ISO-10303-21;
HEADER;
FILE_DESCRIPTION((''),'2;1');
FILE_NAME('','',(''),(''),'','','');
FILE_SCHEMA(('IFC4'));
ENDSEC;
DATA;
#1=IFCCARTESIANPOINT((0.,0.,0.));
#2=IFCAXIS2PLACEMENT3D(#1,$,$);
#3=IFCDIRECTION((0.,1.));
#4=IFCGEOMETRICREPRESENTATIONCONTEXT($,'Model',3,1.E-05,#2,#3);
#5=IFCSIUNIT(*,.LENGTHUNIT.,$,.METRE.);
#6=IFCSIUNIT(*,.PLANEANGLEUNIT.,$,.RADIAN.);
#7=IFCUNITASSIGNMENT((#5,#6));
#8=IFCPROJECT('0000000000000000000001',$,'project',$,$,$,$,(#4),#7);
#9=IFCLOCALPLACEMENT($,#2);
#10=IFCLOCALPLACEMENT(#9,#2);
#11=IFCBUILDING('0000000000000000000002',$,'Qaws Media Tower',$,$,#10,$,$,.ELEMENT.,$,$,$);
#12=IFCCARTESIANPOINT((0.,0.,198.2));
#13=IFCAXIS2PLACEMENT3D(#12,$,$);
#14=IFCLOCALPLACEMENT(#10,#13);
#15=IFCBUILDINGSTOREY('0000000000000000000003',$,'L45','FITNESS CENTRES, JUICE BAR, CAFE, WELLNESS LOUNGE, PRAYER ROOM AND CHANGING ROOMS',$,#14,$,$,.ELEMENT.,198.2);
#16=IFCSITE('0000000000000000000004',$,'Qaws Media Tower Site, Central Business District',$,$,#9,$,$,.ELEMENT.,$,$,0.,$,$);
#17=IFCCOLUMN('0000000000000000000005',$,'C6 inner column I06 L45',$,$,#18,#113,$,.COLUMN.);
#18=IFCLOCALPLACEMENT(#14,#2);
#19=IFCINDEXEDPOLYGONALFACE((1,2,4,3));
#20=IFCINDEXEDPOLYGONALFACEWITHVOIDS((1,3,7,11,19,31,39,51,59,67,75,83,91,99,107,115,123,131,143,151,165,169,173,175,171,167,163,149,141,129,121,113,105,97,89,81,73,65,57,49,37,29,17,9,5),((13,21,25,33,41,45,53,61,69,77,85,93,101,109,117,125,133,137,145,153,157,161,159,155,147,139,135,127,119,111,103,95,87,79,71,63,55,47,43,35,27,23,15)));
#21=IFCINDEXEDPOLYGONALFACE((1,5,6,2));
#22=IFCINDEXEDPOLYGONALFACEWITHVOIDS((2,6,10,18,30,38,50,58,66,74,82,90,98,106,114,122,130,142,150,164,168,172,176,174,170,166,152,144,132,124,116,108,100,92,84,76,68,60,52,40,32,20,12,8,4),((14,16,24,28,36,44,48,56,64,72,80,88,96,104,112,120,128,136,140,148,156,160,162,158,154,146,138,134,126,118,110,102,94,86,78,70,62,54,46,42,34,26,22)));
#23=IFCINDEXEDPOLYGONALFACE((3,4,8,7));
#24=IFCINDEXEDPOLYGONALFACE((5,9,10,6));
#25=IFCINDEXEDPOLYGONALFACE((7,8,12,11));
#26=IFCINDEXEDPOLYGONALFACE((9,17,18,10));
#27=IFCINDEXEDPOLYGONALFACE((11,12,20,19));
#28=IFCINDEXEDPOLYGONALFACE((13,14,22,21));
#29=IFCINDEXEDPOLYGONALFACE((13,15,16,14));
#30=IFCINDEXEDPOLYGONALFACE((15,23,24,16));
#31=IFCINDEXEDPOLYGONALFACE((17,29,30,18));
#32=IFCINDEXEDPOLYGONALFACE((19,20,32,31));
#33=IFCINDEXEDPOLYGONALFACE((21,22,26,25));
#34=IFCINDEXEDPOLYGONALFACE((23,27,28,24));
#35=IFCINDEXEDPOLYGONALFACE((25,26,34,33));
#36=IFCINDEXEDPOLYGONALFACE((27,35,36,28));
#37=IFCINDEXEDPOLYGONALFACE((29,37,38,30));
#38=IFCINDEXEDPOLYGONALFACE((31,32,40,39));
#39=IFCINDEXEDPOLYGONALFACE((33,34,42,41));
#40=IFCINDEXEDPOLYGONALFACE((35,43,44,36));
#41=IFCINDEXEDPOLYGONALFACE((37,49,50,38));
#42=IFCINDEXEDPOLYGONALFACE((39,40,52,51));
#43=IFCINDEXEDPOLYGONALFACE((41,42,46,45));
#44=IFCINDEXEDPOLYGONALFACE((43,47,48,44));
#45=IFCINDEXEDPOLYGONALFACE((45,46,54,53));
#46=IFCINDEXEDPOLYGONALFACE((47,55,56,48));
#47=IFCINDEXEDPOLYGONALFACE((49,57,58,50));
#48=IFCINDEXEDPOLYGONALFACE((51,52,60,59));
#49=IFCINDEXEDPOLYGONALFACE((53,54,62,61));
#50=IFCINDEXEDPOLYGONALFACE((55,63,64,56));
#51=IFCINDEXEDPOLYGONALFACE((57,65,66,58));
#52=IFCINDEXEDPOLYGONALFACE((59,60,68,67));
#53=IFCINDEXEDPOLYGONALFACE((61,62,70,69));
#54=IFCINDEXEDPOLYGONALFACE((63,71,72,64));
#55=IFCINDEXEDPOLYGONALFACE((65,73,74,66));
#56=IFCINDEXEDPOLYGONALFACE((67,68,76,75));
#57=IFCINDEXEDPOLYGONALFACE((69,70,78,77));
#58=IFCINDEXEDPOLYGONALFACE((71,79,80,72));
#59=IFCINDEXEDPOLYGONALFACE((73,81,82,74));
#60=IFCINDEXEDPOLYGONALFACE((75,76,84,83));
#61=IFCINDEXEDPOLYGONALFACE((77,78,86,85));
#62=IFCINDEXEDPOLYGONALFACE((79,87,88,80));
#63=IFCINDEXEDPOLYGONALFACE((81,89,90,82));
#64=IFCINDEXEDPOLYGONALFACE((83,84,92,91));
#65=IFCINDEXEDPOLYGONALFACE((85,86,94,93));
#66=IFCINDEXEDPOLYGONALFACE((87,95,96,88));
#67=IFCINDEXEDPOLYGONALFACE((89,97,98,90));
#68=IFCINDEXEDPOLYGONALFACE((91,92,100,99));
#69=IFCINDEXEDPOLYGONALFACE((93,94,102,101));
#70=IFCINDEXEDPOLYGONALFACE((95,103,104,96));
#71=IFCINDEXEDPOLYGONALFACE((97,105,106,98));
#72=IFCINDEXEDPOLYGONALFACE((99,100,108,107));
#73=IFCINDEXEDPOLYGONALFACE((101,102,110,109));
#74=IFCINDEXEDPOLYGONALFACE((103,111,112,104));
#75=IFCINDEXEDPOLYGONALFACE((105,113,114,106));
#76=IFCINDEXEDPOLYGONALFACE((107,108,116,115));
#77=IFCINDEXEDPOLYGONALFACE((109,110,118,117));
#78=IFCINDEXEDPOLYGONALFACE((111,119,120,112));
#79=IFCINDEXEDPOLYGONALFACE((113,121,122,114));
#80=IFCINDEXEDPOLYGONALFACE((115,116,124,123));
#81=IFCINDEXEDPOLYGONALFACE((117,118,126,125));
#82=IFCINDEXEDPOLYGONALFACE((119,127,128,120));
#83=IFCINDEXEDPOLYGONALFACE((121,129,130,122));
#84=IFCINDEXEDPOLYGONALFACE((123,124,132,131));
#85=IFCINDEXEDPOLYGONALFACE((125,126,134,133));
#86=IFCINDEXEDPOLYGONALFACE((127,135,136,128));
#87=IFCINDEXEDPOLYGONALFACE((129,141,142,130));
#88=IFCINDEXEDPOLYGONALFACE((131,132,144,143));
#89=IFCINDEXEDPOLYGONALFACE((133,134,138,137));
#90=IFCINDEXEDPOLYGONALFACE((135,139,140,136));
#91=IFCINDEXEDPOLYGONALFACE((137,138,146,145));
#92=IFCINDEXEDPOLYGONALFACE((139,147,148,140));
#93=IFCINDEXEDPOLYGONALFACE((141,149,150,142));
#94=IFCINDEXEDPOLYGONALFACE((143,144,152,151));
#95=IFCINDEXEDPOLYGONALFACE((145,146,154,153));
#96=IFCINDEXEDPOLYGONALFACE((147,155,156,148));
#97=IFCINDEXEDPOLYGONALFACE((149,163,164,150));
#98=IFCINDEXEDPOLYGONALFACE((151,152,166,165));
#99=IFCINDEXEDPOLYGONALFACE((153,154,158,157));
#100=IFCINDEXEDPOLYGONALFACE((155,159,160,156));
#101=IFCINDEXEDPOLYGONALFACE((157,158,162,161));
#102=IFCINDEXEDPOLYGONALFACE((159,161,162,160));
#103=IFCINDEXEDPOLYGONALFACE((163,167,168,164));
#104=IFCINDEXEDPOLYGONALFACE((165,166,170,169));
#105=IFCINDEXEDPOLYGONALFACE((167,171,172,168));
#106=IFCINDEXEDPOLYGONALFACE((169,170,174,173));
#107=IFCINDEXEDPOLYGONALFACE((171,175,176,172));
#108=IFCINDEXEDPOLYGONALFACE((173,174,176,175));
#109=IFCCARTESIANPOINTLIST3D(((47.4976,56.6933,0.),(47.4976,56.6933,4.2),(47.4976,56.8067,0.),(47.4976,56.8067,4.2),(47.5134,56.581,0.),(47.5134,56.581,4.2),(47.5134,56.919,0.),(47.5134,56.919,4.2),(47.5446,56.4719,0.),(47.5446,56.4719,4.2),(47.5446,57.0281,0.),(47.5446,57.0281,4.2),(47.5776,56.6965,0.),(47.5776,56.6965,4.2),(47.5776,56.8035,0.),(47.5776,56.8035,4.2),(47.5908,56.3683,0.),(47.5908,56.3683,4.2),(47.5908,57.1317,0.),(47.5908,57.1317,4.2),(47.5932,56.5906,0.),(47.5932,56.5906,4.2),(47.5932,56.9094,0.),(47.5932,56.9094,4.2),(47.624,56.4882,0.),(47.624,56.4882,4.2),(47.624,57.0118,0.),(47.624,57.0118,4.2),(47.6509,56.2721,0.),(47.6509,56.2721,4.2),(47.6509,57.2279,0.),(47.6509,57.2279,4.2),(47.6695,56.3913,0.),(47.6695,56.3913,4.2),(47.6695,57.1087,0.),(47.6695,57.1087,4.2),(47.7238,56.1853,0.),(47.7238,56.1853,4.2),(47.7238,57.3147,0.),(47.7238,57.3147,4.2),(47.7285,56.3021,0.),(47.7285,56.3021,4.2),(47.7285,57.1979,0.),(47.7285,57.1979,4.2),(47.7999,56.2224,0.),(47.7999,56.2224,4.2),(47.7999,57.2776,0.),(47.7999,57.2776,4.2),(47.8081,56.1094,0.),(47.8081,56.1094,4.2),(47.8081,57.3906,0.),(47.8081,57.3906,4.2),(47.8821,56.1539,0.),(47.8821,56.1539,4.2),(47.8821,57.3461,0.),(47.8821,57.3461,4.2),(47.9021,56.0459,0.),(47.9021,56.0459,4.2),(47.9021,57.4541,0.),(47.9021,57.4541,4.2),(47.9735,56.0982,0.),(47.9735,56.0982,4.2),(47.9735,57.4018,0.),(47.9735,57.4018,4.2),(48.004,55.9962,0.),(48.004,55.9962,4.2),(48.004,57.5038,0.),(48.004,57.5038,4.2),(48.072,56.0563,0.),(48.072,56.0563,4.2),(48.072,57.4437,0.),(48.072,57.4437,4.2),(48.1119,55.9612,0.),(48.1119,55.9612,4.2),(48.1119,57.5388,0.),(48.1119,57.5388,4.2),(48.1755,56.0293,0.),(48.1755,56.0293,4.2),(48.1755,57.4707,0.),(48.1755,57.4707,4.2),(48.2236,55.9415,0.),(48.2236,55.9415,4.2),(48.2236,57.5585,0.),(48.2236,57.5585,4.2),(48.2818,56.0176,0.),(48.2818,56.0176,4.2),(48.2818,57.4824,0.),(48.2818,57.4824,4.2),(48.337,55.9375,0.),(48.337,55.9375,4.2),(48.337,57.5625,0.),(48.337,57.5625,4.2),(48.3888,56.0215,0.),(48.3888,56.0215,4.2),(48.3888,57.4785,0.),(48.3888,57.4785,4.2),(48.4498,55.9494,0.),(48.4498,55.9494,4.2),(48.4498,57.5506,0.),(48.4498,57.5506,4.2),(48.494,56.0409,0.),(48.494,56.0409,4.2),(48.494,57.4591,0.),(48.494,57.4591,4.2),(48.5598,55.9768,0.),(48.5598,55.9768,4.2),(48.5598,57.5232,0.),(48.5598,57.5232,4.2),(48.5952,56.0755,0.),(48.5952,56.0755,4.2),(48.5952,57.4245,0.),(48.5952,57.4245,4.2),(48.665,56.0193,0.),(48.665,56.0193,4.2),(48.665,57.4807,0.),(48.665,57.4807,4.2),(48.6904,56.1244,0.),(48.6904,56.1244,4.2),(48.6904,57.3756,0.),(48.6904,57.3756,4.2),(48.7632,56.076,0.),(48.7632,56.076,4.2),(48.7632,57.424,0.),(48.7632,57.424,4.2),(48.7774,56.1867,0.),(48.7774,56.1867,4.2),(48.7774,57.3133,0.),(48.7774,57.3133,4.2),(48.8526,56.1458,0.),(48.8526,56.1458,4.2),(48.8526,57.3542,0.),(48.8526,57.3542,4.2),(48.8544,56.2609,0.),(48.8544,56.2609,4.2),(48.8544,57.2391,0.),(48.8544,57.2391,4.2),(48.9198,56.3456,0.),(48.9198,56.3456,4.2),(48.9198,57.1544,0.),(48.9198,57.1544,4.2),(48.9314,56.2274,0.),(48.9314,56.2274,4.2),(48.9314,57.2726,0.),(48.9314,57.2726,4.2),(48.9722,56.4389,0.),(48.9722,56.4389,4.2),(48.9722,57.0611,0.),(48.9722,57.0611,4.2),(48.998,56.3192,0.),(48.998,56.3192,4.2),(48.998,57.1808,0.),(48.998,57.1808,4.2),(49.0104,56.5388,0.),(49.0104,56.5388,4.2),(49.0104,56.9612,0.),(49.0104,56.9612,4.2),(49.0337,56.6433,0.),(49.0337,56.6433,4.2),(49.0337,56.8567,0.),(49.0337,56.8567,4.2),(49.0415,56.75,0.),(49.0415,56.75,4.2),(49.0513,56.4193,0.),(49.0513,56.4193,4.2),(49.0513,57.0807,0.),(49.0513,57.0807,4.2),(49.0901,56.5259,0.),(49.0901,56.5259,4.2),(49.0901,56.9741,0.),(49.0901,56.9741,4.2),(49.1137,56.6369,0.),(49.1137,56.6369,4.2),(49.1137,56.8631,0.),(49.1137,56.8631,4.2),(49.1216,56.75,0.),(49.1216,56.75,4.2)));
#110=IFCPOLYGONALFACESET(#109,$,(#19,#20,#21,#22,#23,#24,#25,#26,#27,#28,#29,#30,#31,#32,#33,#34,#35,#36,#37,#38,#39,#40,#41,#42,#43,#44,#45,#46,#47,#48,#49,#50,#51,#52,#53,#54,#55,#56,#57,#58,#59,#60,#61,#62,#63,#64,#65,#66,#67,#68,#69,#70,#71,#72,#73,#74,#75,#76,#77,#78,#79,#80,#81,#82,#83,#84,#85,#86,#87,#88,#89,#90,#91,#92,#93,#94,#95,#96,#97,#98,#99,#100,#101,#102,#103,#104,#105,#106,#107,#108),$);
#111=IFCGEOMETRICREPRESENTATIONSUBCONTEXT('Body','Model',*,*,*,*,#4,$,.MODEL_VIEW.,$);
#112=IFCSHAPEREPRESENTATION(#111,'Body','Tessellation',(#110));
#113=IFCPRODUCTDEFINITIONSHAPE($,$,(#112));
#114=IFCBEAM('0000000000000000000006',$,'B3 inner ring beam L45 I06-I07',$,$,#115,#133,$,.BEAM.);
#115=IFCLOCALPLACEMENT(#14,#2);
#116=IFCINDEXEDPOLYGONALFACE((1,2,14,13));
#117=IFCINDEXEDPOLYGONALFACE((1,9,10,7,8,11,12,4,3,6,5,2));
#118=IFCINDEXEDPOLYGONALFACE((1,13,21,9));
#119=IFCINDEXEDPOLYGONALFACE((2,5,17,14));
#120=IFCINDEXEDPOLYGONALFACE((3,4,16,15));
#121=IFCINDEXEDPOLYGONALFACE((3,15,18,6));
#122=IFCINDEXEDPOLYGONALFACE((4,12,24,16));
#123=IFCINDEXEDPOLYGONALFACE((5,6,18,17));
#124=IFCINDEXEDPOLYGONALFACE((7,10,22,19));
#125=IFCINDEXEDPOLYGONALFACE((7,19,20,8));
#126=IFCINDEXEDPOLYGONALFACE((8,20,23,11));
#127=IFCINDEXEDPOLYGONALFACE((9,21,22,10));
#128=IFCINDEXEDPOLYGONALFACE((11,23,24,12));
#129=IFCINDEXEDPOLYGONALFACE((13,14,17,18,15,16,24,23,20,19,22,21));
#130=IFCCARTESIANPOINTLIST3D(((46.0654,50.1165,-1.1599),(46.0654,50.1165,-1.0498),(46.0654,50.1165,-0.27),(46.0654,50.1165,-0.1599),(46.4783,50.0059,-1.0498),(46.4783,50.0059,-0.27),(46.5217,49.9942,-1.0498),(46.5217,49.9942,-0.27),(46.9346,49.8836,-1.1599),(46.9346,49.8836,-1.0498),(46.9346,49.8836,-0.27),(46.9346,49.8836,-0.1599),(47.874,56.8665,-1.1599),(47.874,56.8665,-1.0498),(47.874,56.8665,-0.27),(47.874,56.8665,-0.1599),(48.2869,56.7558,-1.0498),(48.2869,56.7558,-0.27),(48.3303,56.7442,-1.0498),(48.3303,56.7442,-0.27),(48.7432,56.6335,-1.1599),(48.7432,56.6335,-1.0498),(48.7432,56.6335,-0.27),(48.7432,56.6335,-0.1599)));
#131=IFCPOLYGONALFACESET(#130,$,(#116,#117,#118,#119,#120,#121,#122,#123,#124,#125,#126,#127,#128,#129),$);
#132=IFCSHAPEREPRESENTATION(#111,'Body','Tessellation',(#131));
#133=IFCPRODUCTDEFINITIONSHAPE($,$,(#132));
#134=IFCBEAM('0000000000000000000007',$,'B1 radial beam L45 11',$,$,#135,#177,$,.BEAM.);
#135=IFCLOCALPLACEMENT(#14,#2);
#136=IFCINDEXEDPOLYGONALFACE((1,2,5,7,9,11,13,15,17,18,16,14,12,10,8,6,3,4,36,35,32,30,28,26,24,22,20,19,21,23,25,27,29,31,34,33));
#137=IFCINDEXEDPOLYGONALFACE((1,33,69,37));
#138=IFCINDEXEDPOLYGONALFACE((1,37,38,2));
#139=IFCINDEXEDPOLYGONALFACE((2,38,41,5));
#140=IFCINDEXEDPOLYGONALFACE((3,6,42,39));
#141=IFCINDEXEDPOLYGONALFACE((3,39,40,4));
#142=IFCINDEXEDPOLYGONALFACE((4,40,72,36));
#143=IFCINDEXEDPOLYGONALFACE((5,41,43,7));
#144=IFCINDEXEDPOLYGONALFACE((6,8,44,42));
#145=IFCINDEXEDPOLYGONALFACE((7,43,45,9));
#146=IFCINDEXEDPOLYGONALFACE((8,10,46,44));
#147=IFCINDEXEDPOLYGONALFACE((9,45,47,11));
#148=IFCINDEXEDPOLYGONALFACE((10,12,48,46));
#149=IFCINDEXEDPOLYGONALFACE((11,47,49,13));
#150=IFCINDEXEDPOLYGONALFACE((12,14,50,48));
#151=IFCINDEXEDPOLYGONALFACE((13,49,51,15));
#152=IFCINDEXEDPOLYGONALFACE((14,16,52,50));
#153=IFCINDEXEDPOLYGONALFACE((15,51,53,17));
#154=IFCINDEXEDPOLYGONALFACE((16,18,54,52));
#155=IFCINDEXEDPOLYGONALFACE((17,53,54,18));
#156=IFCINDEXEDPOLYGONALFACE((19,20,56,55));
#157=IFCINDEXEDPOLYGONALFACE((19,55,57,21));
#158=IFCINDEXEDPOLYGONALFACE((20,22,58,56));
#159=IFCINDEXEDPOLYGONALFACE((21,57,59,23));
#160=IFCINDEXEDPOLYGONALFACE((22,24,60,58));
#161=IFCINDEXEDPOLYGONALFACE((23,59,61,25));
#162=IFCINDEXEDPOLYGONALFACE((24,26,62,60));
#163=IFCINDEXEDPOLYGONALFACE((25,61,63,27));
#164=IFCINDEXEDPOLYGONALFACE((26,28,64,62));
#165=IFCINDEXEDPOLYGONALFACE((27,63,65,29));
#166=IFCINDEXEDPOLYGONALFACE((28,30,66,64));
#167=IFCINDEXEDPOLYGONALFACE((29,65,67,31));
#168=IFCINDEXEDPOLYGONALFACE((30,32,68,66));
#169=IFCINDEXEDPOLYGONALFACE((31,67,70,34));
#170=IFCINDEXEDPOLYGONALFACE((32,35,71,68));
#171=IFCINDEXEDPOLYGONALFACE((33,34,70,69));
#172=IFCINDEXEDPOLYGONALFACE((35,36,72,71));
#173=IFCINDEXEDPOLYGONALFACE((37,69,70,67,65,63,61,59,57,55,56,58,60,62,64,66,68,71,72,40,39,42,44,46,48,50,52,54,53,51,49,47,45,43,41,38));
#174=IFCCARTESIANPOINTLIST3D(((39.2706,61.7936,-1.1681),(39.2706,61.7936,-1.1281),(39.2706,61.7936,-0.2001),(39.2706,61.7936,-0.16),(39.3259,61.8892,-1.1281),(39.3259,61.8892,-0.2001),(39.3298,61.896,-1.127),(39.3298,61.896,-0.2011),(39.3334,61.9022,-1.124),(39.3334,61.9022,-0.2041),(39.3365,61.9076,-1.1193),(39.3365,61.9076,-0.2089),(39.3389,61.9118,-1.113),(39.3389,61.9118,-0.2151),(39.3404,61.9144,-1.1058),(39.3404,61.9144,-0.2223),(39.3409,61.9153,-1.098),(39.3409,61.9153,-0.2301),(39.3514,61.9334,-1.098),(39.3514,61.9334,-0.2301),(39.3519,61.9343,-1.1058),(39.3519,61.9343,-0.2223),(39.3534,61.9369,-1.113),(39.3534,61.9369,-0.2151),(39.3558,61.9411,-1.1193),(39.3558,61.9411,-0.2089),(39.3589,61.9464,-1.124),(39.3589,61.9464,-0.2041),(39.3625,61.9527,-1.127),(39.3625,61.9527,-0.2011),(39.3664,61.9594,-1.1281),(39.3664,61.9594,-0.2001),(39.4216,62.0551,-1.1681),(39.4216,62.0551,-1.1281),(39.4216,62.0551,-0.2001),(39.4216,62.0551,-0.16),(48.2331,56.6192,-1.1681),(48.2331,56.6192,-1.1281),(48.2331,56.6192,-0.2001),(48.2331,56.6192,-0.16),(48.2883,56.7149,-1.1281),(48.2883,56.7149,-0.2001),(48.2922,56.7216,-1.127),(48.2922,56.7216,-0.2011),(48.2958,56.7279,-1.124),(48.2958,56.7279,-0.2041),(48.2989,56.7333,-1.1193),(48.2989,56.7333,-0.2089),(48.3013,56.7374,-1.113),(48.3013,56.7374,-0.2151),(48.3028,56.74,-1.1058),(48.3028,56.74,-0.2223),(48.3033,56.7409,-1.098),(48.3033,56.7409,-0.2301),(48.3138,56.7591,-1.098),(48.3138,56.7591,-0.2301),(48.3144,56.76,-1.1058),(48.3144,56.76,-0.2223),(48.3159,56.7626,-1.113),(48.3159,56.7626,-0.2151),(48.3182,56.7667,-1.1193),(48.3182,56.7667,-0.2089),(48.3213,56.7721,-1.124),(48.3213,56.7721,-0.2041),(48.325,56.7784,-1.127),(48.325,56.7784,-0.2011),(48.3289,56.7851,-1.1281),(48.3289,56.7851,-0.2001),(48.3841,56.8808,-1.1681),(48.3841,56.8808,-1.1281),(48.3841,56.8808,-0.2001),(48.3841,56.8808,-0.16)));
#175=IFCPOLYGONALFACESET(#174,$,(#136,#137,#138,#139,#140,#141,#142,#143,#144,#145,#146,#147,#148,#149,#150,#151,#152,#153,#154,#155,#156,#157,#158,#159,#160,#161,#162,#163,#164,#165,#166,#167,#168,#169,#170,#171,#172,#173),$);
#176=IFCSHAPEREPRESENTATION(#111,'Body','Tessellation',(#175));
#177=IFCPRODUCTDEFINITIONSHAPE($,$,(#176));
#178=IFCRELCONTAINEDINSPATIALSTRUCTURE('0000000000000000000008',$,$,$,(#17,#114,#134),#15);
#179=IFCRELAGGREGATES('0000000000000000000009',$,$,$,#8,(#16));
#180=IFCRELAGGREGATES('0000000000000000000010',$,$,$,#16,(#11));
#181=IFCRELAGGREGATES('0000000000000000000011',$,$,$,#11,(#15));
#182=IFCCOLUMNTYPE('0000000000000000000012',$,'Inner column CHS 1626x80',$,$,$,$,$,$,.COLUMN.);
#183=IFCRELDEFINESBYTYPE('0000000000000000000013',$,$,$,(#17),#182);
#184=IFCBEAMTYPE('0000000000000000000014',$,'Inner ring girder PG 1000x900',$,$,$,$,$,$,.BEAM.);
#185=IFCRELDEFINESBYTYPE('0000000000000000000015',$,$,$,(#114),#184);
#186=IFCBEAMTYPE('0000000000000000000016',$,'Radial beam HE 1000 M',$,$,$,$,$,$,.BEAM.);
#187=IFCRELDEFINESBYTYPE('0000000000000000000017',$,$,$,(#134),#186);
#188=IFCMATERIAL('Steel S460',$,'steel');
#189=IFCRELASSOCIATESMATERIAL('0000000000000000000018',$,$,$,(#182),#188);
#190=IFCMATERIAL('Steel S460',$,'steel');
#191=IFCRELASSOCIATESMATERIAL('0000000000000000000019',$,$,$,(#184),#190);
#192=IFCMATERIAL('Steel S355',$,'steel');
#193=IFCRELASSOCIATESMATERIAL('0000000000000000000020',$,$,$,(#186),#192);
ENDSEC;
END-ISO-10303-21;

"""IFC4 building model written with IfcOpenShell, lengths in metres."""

from ifc_helpers import new_model, si_unit, direction, frame, origin, origin_2d, place, context, subcontext, project, spatial, hollow_circle, i_section, extrude, material, material_profile, profile_set, type_object, element, save


model = new_model("IFC4")

# Units and contexts
model_context = context("Model", 3, precision=1e-05, world=origin(), true_north=direction((0.0, 1.0)))
body_context = subcontext(model_context, "Body", "Model", "MODEL_VIEW")
ifc_project = project(units=[si_unit("LENGTHUNIT", "METRE"), si_unit("PLANEANGLEUNIT", "RADIAN")], contexts=[model_context])

# Site, building, storey
site_placement = place(None, origin())
site = spatial("IfcSite", under=ifc_project, at=site_placement, Name="Qaws Media Tower Site, Central Business District", CompositionType="ELEMENT", RefElevation=0.0)
building_placement = place(site_placement, origin())
building = spatial("IfcBuilding", under=site, at=building_placement, Name="Qaws Media Tower", CompositionType="ELEMENT")
storey_placement = place(building_placement, frame((0.0, 0.0, 198.2)))
storey = spatial("IfcBuildingStorey", under=building, at=storey_placement, Name="L45", Description="FITNESS CENTRES, JUICE BAR, CAFE, WELLNESS LOUNGE, PRAYER ROOM AND CHANGING ROOMS", CompositionType="ELEMENT", Elevation=198.2)

# Column
ifc_material_1 = material(Name="Steel S460", Category="steel")
ifc_material_profile_1 = material_profile(ifc_material_1, hollow_circle(Radius=0.813, WallThickness=0.0801, at=origin_2d()), Name="CHS 1626x80")
ifc_profile_set_1 = profile_set([ifc_material_profile_1], Name="Steel S460")
column_type = type_object("IfcColumnType", Name="Inner column CHS 1626x80", PredefinedType="COLUMN", material=ifc_profile_set_1)
column_placement = place(storey_placement, frame((48.3086, 56.75, 0.0), z_axis=(0.0, 0.0, 1.0), x_axis=(1.0, 0.0, 0.0)))
element("IfcColumn", 1, at=column_placement, inside=storey, type_object=column_type, Name="C6 inner column I06 L45", PredefinedType="COLUMN", context=body_context, shape_type="SweptSolid", body=[
    extrude(hollow_circle(Radius=0.813, WallThickness=0.0801, at=origin_2d()), origin(), (0.0, 0.0, 1.0), 4.2),
])

# Beams
ifc_material_2 = material(Name="Steel S460", Category="steel")
ifc_material_profile_2 = material_profile(ifc_material_2, i_section(OverallWidth=0.8999, OverallDepth=1.0, WebThickness=0.0449, FlangeThickness=0.1101, at=origin_2d()), Name="PG 1000x900")
ifc_profile_set_2 = profile_set([ifc_material_profile_2], Name="Steel S460")
beam_type_1 = type_object("IfcBeamType", Name="Inner ring girder PG 1000x900", PredefinedType="BEAM", material=ifc_profile_set_2)
beam_1_placement = place(storey_placement, frame((48.3086, 56.75, -0.6599), z_axis=(-0.258811, -0.965928, 0.0), x_axis=(0.965928, -0.258811, 0.0)))
element("IfcBeam", 2, at=beam_1_placement, inside=storey, type_object=beam_type_1, Name="B3 inner ring beam L45 I06-I07", PredefinedType="BEAM", context=body_context, shape_type="SweptSolid", body=[
    extrude(i_section(OverallWidth=0.8999, OverallDepth=1.0, WebThickness=0.0449, FlangeThickness=0.1101, at=origin_2d()), origin(), (0.0, 0.0, 1.0), 6.988),
])
ifc_material_3 = material(Name="Steel S355", Category="steel")
ifc_material_profile_3 = material_profile(ifc_material_3, i_section(OverallWidth=0.302, OverallDepth=1.0081, WebThickness=0.021, FlangeThickness=0.04, FilletRadius=0.03, at=origin_2d()), Name="HE 1000 M")
ifc_profile_set_3 = profile_set([ifc_material_profile_3], Name="Steel S355")
beam_type_2 = type_object("IfcBeamType", Name="Radial beam HE 1000 M", PredefinedType="BEAM", material=ifc_profile_set_3)
beam_2_placement = place(storey_placement, frame((48.3086, 56.75, -0.6641), z_axis=(-0.866031, 0.499991, 0.0), x_axis=(-0.499991, -0.866031, 0.0)))
element("IfcBeam", 3, at=beam_2_placement, inside=storey, type_object=beam_type_2, Name="B1 radial beam L45 11", PredefinedType="BEAM", context=body_context, shape_type="SweptSolid", body=[
    extrude(i_section(OverallWidth=0.302, OverallDepth=1.0081, WebThickness=0.021, FlangeThickness=0.04, FilletRadius=0.03, at=origin_2d()), origin(), (0.0, 0.0, 1.0), 10.3489),
])

save(model, "model.ifc")
